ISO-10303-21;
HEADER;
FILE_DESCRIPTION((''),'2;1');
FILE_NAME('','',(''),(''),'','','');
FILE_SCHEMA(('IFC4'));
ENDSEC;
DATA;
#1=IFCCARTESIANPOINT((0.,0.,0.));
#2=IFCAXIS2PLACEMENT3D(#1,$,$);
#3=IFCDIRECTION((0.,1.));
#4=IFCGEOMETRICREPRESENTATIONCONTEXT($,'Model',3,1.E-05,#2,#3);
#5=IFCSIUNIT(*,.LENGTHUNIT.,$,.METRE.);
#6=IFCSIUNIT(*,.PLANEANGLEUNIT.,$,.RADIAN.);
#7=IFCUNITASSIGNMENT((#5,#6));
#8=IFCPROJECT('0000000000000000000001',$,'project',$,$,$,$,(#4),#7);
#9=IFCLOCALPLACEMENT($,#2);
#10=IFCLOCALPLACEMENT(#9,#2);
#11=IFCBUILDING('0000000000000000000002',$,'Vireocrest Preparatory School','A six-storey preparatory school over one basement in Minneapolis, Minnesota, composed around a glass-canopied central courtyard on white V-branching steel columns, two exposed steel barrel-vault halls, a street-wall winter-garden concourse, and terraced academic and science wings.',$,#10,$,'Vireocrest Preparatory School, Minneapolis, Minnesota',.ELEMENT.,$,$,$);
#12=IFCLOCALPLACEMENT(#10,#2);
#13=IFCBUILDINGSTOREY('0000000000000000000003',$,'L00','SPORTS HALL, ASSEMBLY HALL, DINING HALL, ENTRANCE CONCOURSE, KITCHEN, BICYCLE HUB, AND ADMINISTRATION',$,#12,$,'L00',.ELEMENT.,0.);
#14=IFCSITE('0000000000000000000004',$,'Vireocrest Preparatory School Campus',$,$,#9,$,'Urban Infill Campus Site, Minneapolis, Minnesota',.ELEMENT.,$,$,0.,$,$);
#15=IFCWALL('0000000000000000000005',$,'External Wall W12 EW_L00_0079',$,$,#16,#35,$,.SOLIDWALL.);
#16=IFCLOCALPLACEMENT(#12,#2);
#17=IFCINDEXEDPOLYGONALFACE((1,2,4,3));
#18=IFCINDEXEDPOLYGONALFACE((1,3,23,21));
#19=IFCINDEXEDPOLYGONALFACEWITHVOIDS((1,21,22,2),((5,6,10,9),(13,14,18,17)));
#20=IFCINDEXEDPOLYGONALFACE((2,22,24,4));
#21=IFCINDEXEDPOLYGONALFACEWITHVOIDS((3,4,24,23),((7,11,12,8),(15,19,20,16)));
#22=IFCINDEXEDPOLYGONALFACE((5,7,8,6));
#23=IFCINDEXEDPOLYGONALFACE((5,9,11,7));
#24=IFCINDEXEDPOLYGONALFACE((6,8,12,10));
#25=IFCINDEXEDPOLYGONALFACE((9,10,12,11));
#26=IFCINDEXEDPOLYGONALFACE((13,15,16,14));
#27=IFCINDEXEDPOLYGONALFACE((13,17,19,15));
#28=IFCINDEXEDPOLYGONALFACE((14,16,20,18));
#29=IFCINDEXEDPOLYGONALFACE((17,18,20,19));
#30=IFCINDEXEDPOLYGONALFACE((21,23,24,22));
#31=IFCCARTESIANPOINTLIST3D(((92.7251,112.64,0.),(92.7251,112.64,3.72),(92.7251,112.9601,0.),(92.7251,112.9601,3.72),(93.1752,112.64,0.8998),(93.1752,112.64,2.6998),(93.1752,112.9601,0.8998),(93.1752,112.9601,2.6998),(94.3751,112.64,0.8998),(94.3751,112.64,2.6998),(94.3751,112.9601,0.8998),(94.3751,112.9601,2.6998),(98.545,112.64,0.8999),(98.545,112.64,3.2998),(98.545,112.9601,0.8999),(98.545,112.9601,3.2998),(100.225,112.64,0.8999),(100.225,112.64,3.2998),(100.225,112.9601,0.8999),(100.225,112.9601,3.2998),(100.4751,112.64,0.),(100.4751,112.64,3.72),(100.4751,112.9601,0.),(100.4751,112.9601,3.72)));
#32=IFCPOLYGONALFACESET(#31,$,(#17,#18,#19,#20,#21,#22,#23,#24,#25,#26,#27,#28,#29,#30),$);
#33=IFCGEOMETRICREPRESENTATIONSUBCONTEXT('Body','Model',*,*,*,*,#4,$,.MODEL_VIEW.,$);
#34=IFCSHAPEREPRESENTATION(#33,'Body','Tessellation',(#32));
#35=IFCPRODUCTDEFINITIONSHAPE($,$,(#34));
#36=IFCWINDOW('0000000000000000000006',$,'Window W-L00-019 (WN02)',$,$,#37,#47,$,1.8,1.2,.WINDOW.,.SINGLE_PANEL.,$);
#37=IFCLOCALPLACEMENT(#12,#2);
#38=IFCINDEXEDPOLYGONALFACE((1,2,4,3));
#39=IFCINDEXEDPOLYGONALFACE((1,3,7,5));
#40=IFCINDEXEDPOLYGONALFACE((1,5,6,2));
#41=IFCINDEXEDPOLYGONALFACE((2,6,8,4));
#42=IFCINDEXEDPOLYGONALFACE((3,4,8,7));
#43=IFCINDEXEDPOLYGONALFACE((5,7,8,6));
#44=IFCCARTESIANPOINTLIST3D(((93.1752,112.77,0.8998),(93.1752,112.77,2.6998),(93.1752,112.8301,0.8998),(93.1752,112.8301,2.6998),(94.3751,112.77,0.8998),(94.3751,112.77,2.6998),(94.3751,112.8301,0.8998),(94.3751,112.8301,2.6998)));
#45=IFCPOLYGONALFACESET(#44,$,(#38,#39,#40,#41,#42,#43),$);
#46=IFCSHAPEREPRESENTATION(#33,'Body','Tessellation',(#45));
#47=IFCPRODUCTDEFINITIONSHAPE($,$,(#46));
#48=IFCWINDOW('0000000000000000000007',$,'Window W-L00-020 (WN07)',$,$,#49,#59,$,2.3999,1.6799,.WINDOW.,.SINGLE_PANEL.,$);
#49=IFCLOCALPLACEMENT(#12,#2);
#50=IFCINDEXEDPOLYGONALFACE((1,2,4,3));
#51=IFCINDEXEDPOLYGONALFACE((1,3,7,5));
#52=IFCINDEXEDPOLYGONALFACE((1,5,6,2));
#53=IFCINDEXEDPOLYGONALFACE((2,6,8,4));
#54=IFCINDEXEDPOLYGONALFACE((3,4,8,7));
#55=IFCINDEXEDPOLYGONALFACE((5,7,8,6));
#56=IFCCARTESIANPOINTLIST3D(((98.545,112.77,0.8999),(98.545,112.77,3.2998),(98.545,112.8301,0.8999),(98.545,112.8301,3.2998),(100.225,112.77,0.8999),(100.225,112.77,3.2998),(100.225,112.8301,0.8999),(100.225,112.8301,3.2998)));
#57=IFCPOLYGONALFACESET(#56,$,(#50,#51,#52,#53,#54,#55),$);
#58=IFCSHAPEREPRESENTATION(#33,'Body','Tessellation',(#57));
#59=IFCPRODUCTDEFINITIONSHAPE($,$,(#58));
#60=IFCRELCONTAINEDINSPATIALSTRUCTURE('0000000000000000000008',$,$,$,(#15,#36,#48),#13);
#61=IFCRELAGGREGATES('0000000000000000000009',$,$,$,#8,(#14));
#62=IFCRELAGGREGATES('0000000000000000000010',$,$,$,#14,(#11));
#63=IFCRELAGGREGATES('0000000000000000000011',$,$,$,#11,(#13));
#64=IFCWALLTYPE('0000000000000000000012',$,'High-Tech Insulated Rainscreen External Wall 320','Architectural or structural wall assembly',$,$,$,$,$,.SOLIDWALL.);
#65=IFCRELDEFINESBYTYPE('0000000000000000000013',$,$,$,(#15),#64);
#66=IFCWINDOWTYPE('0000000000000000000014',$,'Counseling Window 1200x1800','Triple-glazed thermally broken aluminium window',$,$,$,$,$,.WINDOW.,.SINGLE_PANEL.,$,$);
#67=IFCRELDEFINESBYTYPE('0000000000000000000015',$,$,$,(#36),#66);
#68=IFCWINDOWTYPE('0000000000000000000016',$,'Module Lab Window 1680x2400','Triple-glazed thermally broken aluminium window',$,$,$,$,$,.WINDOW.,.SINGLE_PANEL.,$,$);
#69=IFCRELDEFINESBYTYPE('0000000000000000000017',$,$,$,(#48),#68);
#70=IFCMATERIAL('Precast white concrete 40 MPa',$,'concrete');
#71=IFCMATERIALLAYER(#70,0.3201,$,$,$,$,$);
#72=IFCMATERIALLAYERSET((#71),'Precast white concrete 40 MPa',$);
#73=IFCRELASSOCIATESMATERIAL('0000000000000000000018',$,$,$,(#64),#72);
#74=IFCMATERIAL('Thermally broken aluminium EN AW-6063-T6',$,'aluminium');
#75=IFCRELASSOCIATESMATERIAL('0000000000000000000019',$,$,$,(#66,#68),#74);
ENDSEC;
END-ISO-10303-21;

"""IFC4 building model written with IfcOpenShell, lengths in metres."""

from ifc_helpers import new_model, si_unit, direction, frame, frame_2d, origin, place, context, subcontext, project, spatial, rectangle, extrude, material, layer, layer_set, type_object, element, fill, save


model = new_model("IFC4")

# Units and contexts
model_context = context("Model", 3, precision=1e-05, world=origin(), true_north=direction((0.0, 1.0)))
body_context = subcontext(model_context, "Body", "Model", "MODEL_VIEW")
ifc_project = project(units=[si_unit("LENGTHUNIT", "METRE"), si_unit("PLANEANGLEUNIT", "RADIAN")], contexts=[model_context])

# Site, building, storey
site_placement = place(None, origin())
site = spatial("IfcSite", under=ifc_project, at=site_placement, Name="Vireocrest Preparatory School Campus", LongName="Urban Infill Campus Site, Minneapolis, Minnesota", CompositionType="ELEMENT", RefElevation=0.0)
building_placement = place(site_placement, origin())
building = spatial("IfcBuilding", under=site, at=building_placement, Name="Vireocrest Preparatory School", Description="A six-storey preparatory school over one basement in Minneapolis, Minnesota, composed around a glass-canopied central courtyard on white V-branching steel columns, two exposed steel barrel-vault halls, a street-wall winter-garden concourse, and terraced academic and science wings.", LongName="Vireocrest Preparatory School, Minneapolis, Minnesota", CompositionType="ELEMENT")
storey_placement = place(building_placement, origin())
storey = spatial("IfcBuildingStorey", under=building, at=storey_placement, Name="L00", Description="SPORTS HALL, ASSEMBLY HALL, DINING HALL, ENTRANCE CONCOURSE, KITCHEN, BICYCLE HUB, AND ADMINISTRATION", LongName="L00", CompositionType="ELEMENT", Elevation=0.0)

# Shared definitions
ifc_material_1 = material(Name="Thermally broken aluminium EN AW-6063-T6", Category="aluminium")

# Wall, openings, windows
ifc_material_2 = material(Name="Precast white concrete 40 MPa", Category="concrete")
ifc_layer_1 = layer(ifc_material_2, 0.3201)
ifc_layer_set_1 = layer_set([ifc_layer_1], Name="Precast white concrete 40 MPa")
wall_type = type_object("IfcWallType", Name="High-Tech Insulated Rainscreen External Wall 320", Description="Architectural or structural wall assembly", PredefinedType="SOLIDWALL", material=ifc_layer_set_1)
wall_placement = place(storey_placement, frame((92.7251, 112.8, 0.0), z_axis=(0.0, 0.0, 1.0), x_axis=(1.0, 0.0, 0.0)))
wall = element("IfcWall", 1, at=wall_placement, inside=storey, type_object=wall_type, Name="External Wall W12 EW_L00_0079", PredefinedType="SOLIDWALL", context=body_context, shape_type="SweptSolid", body=[
    extrude(rectangle(XDim=7.75, YDim=0.3201, at=frame_2d((3.875, 0.0))), origin(), (0.0, 0.0, 1.0), 3.72),
])
opening_1_placement = place(wall_placement, frame((0.45, 0.0, 0.8999)))
opening_1 = element("IfcOpeningElement", 2, at=opening_1_placement, cuts=wall, PredefinedType="OPENING", context=body_context, shape_type="SweptSolid", body=[
    extrude(rectangle(XDim=1.2, YDim=1.8, at=frame_2d((0.6001, 0.8999))), frame((0.0, 0.1699, 0.0), z_axis=(0.0, -1.0, 0.0), x_axis=(1.0, 0.0, 0.0)), (0.0, 0.0, 1.0), 0.3401),
])
opening_2_placement = place(wall_placement, frame((5.8201, 0.0, 0.8999)))
opening_2 = element("IfcOpeningElement", 3, at=opening_2_placement, cuts=wall, PredefinedType="OPENING", context=body_context, shape_type="SweptSolid", body=[
    extrude(rectangle(XDim=1.6799, YDim=2.3999, at=frame_2d((0.8398, 1.2))), frame((0.0, 0.1699, 0.0), z_axis=(0.0, -1.0, 0.0), x_axis=(1.0, 0.0, 0.0)), (0.0, 0.0, 1.0), 0.3401),
])
window_type_1 = type_object("IfcWindowType", Name="Counseling Window 1200x1800", Description="Triple-glazed thermally broken aluminium window", PartitioningType="SINGLE_PANEL", PredefinedType="WINDOW", material=ifc_material_1)
window_1_placement = place(opening_1_placement, origin())
window_1 = element("IfcWindow", 4, at=window_1_placement, inside=storey, type_object=window_type_1, Name="Window W-L00-019 (WN02)", OverallHeight=1.8, OverallWidth=1.2, PartitioningType="SINGLE_PANEL", PredefinedType="WINDOW", context=body_context, shape_type="SweptSolid", body=[
    extrude(rectangle(XDim=1.2, YDim=1.8, at=frame_2d((0.6001, 0.8999))), frame((0.0, 0.03, 0.0), z_axis=(0.0, -1.0, 0.0), x_axis=(1.0, 0.0, 0.0)), (0.0, 0.0, 1.0), 0.0601),
])
fill(opening_1, window_1)
window_type_2 = type_object("IfcWindowType", Name="Module Lab Window 1680x2400", Description="Triple-glazed thermally broken aluminium window", PartitioningType="SINGLE_PANEL", PredefinedType="WINDOW", material=ifc_material_1)
window_2_placement = place(opening_2_placement, origin())
window_2 = element("IfcWindow", 5, at=window_2_placement, inside=storey, type_object=window_type_2, Name="Window W-L00-020 (WN07)", OverallHeight=2.3999, OverallWidth=1.6799, PartitioningType="SINGLE_PANEL", PredefinedType="WINDOW", context=body_context, shape_type="SweptSolid", body=[
    extrude(rectangle(XDim=1.6799, YDim=2.3999, at=frame_2d((0.8398, 1.2))), frame((0.0, 0.03, 0.0), z_axis=(0.0, -1.0, 0.0), x_axis=(1.0, 0.0, 0.0)), (0.0, 0.0, 1.0), 0.0601),
])
fill(opening_2, window_2)

save(model, "model.ifc")
